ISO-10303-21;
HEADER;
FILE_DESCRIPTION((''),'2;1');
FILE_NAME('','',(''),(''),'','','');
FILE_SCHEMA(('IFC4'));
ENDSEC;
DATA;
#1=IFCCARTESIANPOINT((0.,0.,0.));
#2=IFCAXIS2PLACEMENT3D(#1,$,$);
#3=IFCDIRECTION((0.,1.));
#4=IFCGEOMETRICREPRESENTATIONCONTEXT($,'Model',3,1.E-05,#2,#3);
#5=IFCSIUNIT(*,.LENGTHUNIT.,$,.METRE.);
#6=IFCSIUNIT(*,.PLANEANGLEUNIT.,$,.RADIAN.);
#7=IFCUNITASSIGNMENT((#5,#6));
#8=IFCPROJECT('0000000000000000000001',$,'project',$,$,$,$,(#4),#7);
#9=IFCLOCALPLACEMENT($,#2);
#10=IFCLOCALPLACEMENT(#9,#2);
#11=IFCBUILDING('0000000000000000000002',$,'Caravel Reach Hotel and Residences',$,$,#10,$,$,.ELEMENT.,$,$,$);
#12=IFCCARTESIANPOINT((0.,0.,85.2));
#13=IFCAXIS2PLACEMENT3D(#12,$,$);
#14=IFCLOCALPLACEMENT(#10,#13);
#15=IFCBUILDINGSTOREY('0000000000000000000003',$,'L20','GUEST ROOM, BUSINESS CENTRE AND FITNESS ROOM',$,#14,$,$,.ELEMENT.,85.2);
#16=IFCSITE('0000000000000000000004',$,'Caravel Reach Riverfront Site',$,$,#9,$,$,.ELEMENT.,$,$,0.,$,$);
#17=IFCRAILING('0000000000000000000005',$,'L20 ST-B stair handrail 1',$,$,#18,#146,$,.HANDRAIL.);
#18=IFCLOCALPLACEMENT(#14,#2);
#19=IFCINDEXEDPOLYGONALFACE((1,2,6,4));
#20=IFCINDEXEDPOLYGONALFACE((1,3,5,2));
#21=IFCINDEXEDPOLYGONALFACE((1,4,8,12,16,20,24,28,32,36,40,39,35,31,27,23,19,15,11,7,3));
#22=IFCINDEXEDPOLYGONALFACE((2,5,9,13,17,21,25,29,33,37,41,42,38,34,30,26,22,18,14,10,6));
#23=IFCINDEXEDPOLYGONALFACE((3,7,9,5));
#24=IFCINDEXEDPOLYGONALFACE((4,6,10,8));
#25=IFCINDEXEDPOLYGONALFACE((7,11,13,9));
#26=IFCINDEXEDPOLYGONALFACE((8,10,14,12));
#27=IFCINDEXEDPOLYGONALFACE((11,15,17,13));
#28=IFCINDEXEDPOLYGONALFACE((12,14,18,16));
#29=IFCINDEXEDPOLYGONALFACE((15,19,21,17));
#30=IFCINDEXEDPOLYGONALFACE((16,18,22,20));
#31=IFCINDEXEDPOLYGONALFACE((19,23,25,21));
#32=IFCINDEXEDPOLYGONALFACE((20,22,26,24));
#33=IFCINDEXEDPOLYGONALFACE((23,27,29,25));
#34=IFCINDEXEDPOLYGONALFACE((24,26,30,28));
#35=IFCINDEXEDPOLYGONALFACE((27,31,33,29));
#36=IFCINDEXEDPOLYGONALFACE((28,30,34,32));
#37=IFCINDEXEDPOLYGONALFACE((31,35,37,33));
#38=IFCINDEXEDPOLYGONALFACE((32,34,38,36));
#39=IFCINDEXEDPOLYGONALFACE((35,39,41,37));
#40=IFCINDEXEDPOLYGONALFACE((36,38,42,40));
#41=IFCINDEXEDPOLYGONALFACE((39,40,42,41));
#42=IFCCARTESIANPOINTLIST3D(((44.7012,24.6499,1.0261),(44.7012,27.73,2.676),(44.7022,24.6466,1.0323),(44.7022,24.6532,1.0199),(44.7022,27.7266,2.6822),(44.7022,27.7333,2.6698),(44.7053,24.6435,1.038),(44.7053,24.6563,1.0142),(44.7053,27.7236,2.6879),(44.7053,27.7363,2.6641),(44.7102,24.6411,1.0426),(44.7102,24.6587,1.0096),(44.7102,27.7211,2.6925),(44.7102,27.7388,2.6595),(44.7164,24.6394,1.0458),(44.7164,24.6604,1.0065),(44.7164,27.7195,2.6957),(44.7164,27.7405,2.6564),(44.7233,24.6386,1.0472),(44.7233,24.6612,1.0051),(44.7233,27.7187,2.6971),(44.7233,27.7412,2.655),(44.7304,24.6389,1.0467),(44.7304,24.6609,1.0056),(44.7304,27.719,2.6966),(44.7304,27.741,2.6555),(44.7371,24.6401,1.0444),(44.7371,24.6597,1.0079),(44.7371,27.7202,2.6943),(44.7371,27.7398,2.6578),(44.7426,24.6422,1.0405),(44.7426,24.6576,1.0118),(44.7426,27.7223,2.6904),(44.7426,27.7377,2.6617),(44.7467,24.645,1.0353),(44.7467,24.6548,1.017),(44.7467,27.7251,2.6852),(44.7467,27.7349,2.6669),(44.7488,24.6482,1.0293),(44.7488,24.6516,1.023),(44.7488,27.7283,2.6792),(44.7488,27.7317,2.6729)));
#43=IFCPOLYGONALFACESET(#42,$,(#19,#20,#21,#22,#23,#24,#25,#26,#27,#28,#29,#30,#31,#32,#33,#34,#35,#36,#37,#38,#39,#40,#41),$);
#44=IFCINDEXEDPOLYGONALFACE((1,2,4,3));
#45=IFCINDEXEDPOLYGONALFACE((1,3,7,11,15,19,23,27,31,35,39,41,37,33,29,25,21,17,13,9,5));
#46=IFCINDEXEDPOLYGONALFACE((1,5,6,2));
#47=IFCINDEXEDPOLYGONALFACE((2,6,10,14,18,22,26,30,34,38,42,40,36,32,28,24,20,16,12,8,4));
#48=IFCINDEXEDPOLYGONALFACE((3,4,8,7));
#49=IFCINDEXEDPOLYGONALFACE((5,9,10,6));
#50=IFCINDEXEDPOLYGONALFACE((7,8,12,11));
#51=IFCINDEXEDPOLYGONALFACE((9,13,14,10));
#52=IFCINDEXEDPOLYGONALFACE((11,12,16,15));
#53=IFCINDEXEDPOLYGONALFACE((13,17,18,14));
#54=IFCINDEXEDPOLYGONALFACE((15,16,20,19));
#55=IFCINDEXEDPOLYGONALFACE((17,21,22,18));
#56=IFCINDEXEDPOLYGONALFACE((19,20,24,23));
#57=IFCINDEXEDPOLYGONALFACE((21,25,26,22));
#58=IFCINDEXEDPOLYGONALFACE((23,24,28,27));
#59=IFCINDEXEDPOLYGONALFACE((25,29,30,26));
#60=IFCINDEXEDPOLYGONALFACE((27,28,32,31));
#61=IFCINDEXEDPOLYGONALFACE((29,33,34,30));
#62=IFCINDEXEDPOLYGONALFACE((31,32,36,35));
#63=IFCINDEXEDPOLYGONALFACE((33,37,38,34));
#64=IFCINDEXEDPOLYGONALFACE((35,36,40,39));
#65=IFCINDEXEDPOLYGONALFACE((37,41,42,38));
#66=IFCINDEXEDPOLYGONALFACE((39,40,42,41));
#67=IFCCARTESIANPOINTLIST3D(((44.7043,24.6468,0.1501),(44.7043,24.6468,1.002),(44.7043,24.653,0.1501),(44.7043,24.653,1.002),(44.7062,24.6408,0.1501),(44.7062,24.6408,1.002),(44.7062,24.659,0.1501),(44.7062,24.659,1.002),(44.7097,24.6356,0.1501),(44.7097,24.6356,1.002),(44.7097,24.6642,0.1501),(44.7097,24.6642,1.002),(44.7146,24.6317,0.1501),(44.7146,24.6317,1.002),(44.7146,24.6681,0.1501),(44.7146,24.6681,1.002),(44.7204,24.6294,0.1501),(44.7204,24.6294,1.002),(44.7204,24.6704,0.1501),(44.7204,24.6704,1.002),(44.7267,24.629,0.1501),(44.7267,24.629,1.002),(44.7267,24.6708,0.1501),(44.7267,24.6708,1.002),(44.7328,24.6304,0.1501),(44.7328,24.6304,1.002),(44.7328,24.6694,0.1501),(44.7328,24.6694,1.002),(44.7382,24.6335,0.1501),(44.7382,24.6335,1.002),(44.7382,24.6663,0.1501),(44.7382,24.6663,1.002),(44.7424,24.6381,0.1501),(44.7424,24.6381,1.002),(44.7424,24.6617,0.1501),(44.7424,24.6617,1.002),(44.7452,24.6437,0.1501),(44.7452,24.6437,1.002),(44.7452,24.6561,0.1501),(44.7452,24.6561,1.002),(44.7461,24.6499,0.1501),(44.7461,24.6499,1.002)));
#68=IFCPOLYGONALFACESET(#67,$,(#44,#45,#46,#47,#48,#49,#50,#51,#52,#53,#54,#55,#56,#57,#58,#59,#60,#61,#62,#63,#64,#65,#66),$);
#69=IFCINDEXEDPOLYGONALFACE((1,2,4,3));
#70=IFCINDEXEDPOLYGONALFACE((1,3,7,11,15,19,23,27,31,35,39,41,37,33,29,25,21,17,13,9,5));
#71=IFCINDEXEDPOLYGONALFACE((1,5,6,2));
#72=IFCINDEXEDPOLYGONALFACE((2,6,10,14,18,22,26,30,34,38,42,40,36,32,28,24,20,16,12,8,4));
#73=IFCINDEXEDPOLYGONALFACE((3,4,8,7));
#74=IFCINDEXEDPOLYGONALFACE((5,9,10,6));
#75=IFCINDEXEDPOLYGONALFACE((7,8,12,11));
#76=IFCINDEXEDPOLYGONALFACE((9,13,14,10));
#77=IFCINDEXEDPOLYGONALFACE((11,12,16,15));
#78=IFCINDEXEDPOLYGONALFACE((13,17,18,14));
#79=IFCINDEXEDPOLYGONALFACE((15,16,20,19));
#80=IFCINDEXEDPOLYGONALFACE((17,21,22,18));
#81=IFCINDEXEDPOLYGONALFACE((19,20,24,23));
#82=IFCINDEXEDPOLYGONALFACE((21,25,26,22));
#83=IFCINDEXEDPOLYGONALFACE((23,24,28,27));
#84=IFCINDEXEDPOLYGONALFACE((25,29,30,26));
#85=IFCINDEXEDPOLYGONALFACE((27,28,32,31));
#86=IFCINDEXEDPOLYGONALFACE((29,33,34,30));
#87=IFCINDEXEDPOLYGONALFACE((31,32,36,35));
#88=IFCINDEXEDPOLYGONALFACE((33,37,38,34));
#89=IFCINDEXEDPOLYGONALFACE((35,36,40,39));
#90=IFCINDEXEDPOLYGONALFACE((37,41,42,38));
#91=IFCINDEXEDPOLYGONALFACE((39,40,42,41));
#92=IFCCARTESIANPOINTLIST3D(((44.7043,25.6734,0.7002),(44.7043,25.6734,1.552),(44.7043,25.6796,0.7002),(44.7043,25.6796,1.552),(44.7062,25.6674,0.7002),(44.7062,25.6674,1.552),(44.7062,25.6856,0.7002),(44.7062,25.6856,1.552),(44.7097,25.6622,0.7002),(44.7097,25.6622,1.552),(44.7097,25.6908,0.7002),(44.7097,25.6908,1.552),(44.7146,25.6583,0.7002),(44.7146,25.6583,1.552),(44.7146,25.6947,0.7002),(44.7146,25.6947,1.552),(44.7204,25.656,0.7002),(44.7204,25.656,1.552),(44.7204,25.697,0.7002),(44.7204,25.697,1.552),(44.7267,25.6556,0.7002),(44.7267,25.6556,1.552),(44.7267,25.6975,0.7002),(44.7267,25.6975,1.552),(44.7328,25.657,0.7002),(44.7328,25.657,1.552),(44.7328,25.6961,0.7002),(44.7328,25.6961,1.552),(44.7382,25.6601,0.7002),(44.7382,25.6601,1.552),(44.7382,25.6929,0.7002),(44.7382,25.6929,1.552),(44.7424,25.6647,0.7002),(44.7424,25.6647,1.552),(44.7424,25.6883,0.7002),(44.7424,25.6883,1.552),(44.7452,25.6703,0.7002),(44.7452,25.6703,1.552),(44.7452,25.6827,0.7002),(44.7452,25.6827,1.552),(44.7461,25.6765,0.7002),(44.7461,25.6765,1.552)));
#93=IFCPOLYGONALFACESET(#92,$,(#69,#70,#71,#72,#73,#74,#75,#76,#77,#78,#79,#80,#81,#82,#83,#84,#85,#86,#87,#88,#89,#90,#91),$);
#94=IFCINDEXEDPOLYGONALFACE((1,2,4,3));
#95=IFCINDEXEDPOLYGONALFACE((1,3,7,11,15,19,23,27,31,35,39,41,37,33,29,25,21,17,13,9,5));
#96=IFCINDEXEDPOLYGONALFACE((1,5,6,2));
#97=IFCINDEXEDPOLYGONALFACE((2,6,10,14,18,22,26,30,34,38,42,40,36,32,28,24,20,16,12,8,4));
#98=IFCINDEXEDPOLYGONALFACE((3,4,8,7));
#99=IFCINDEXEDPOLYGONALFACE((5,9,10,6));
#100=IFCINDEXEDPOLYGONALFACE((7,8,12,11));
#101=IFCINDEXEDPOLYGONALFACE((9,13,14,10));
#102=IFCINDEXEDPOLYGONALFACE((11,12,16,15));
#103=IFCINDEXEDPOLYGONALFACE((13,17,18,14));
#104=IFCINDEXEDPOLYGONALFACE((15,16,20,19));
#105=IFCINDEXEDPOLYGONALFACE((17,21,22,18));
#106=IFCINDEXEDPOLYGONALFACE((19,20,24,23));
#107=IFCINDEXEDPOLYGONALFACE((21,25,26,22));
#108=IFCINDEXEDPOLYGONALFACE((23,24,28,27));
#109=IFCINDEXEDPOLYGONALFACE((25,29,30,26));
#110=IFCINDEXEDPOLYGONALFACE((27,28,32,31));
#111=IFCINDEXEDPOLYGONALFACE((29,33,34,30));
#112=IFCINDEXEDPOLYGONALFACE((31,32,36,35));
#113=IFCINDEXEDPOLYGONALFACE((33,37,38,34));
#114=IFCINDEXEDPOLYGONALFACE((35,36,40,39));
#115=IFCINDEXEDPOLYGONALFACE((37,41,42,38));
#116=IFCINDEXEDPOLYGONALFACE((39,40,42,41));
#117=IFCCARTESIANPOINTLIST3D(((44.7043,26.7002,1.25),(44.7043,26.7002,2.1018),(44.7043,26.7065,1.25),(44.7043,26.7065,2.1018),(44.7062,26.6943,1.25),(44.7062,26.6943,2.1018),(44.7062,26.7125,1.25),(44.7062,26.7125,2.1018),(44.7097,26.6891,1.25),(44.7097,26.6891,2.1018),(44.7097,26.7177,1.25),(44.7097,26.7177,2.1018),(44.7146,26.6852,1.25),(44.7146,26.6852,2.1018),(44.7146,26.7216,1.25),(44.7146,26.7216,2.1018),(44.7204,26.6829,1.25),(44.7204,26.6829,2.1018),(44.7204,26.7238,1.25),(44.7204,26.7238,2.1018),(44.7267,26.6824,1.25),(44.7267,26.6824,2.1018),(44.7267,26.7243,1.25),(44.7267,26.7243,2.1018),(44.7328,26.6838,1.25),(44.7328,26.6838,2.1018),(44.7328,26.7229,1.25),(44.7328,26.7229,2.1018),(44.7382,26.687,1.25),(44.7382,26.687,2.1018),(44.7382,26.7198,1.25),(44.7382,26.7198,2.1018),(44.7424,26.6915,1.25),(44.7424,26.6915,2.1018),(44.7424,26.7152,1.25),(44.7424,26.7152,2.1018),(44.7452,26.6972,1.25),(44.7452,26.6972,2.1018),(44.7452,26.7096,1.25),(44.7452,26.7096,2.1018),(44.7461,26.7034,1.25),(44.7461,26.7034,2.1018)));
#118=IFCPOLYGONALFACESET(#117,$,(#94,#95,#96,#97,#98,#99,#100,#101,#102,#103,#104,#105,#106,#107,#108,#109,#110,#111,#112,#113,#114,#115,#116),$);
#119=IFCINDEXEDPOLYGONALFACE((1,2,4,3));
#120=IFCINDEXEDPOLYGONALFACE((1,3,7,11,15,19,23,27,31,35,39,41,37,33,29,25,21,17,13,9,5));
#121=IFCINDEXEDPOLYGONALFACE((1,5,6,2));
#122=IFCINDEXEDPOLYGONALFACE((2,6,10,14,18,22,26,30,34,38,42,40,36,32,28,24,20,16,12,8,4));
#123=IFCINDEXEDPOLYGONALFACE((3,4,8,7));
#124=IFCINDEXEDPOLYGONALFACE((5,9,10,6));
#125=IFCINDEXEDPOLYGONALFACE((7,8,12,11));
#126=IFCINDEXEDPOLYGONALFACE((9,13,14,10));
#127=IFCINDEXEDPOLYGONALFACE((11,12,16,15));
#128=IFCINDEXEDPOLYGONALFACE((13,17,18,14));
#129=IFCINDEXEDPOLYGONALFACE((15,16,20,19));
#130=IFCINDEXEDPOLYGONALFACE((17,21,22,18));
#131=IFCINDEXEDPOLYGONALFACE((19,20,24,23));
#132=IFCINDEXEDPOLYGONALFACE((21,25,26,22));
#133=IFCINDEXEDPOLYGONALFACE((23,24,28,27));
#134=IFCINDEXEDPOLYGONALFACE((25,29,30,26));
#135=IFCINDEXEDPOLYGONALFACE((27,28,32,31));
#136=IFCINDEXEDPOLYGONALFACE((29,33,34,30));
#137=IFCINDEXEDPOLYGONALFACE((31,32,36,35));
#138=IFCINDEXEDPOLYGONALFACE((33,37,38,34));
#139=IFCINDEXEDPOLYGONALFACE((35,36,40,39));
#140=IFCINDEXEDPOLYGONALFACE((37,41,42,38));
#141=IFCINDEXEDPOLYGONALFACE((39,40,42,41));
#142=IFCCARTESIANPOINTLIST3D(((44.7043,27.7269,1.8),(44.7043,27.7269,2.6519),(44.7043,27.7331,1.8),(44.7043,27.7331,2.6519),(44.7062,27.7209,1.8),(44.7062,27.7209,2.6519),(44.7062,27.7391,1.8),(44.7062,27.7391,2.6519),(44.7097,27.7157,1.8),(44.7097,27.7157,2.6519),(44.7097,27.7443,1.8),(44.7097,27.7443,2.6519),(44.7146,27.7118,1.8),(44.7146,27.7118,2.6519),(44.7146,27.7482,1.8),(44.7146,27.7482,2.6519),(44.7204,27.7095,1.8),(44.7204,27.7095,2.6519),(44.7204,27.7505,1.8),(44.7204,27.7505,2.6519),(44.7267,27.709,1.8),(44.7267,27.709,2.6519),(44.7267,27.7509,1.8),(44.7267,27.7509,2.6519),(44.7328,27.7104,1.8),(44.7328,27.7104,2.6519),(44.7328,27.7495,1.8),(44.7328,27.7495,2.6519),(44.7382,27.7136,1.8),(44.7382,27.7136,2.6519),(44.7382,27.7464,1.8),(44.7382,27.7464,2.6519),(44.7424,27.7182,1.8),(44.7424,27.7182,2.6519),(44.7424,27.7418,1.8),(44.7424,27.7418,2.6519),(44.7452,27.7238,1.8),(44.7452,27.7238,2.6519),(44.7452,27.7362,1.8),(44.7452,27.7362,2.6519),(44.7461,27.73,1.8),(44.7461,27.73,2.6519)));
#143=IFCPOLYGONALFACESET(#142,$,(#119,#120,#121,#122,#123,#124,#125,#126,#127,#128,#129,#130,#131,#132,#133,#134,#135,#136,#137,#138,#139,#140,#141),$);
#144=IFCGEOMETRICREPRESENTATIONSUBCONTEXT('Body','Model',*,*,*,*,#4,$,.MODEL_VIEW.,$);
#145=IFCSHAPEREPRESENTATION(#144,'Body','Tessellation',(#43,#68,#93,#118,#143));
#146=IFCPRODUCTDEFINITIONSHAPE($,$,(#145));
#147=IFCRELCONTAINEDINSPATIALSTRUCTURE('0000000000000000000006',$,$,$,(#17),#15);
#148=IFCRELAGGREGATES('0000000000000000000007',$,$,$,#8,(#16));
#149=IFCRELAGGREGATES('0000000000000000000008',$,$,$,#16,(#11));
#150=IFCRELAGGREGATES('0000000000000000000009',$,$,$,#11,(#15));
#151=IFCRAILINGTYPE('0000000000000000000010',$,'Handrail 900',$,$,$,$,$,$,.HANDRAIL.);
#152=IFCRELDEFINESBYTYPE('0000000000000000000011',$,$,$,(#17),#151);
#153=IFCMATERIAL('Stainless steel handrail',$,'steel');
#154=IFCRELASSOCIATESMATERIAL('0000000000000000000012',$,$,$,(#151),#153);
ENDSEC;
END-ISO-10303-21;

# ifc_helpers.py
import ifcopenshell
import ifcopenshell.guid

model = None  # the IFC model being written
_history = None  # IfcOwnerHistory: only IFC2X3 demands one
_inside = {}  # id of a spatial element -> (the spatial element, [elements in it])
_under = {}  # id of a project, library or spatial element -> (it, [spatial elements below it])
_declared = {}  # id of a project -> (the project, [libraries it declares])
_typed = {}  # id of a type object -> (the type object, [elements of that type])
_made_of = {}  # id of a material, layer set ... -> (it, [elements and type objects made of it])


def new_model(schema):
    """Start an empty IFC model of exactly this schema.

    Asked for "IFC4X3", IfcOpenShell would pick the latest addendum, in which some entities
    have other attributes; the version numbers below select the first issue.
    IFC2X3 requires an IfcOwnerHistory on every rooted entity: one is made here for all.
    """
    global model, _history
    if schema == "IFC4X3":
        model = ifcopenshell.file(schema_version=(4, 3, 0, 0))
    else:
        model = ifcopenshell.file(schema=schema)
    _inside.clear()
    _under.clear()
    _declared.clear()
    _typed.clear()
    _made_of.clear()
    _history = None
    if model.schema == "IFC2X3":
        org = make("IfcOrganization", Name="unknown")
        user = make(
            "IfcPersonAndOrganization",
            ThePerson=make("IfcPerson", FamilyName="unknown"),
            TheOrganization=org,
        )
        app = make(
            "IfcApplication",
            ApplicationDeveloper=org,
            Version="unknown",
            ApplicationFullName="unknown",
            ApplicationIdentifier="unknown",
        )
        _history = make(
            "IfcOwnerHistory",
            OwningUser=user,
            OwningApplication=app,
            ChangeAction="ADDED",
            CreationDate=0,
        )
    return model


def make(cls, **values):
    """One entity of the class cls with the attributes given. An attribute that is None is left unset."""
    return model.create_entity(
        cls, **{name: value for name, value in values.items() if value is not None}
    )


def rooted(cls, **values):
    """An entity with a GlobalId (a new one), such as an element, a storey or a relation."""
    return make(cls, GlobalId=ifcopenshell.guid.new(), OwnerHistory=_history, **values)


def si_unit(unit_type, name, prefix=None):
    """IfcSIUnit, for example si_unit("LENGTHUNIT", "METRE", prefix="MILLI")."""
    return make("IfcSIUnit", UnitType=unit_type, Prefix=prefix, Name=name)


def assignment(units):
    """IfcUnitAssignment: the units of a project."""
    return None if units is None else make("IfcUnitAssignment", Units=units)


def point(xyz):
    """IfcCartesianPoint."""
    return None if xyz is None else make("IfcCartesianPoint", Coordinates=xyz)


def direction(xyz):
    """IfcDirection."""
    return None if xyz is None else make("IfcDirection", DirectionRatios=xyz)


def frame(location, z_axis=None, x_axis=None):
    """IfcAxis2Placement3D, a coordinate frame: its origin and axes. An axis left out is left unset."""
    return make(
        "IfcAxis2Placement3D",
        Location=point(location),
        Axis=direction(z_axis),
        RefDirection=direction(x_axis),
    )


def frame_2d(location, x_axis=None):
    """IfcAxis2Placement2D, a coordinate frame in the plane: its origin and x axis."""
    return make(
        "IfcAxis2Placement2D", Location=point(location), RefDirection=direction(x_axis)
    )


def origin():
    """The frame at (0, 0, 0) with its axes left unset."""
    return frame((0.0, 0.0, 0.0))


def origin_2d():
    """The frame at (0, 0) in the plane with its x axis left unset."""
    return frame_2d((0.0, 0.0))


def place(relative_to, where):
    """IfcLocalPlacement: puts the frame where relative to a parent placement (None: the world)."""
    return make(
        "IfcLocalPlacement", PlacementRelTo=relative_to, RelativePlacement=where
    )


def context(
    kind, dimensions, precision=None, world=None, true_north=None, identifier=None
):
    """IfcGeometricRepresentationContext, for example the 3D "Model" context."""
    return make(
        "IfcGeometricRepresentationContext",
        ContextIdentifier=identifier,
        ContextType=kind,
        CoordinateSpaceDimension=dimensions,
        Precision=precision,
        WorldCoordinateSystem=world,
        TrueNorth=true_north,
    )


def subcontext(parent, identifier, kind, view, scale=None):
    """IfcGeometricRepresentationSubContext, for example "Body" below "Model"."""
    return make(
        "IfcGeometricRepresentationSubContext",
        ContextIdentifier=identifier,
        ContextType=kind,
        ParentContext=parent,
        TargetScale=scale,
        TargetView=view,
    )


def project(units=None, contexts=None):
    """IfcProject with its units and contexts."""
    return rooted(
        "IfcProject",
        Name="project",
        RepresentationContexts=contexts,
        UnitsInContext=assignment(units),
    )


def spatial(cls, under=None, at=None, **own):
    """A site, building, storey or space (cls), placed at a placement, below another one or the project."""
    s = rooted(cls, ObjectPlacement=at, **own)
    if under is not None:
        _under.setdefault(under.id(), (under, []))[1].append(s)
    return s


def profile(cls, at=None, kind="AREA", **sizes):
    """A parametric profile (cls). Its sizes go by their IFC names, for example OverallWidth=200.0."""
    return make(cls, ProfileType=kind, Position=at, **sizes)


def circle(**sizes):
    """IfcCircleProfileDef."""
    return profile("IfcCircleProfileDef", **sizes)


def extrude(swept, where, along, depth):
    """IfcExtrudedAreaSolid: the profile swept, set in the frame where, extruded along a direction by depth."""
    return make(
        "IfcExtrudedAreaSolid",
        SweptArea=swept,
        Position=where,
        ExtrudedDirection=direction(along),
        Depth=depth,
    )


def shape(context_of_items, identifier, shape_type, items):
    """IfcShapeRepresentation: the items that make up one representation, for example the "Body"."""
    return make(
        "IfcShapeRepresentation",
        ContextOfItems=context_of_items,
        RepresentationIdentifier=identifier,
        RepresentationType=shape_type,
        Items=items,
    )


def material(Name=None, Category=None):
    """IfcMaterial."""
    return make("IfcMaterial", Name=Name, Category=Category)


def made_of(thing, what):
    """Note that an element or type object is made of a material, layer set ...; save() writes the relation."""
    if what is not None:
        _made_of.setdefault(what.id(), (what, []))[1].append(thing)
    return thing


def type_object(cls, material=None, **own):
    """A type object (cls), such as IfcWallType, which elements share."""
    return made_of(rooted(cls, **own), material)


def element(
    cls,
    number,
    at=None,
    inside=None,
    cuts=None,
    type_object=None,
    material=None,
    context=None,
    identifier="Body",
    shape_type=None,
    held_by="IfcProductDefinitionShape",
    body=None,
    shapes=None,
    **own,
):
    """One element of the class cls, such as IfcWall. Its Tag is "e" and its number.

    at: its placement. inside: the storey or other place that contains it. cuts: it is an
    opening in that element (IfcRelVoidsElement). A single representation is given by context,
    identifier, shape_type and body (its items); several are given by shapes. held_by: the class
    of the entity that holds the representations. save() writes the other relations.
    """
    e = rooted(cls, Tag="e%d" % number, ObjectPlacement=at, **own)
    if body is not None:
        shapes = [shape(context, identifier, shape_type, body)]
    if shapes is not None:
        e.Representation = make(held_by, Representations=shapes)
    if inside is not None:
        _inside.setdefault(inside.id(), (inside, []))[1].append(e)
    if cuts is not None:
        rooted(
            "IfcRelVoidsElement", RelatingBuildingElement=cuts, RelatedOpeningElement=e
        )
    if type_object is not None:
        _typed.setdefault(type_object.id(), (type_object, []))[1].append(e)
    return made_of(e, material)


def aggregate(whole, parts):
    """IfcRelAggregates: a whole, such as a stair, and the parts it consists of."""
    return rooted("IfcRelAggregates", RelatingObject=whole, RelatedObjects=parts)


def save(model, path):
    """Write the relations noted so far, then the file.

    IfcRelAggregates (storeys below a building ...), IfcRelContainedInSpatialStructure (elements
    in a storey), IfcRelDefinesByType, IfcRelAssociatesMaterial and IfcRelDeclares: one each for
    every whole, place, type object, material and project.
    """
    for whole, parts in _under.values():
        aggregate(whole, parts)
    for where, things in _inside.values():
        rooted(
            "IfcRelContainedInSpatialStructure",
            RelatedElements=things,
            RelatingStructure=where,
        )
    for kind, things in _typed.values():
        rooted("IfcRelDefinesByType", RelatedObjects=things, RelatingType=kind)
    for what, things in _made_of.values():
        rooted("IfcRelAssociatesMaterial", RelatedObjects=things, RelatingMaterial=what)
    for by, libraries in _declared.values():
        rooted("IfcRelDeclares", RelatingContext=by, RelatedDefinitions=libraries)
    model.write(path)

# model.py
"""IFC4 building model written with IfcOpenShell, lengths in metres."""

from ifc_helpers import new_model, si_unit, direction, frame, origin, origin_2d, place, context, subcontext, project, spatial, circle, extrude, material, type_object, element, save


model = new_model("IFC4")

# Units and contexts
model_context = context("Model", 3, precision=1e-05, world=origin(), true_north=direction((0.0, 1.0)))
body_context = subcontext(model_context, "Body", "Model", "MODEL_VIEW")
ifc_project = project(units=[si_unit("LENGTHUNIT", "METRE"), si_unit("PLANEANGLEUNIT", "RADIAN")], contexts=[model_context])

# Site, building, storey
site_placement = place(None, origin())
site = spatial("IfcSite", under=ifc_project, at=site_placement, Name="Caravel Reach Riverfront Site", CompositionType="ELEMENT", RefElevation=0.0)
building_placement = place(site_placement, origin())
building = spatial("IfcBuilding", under=site, at=building_placement, Name="Caravel Reach Hotel and Residences", CompositionType="ELEMENT")
storey_placement = place(building_placement, frame((0.0, 0.0, 85.2)))
storey = spatial("IfcBuildingStorey", under=building, at=storey_placement, Name="L20", Description="GUEST ROOM, BUSINESS CENTRE AND FITNESS ROOM", CompositionType="ELEMENT", Elevation=85.2)

# Railing
ifc_material_1 = material(Name="Stainless steel handrail", Category="steel")
railing_type_1 = type_object("IfcRailingType", Name="Handrail 900", PredefinedType="HANDRAIL", material=ifc_material_1)
railing_1_placement = place(storey_placement, frame((44.7251, 24.6499, 0.1501)))
element("IfcRailing", 1, at=railing_1_placement, inside=storey, type_object=railing_type_1, Name="L20 ST-B stair handrail 1", PredefinedType="HANDRAIL", context=body_context, shape_type="SweptSolid", body=[
    extrude(circle(Radius=0.0239, at=origin_2d()), frame((0.0, 0.0, 0.876), z_axis=(0.0, 0.881497, 0.47219), x_axis=(-1.0, 0.0, 0.0)), (0.0, 0.0, 1.0), 3.4941),
    extrude(circle(Radius=0.021, at=origin_2d()), origin(), (0.0, 0.0, 1.0), 0.8518),
    extrude(circle(Radius=0.021, at=origin_2d()), frame((0.0, 1.0266, 0.55)), (0.0, 0.0, 1.0), 0.8518),
    extrude(circle(Radius=0.021, at=origin_2d()), frame((0.0, 2.0535, 1.0999)), (0.0, 0.0, 1.0), 0.8518),
    extrude(circle(Radius=0.021, at=origin_2d()), frame((0.0, 3.0801, 1.6499)), (0.0, 0.0, 1.0), 0.8518),
])

save(model, "model.ifc")
